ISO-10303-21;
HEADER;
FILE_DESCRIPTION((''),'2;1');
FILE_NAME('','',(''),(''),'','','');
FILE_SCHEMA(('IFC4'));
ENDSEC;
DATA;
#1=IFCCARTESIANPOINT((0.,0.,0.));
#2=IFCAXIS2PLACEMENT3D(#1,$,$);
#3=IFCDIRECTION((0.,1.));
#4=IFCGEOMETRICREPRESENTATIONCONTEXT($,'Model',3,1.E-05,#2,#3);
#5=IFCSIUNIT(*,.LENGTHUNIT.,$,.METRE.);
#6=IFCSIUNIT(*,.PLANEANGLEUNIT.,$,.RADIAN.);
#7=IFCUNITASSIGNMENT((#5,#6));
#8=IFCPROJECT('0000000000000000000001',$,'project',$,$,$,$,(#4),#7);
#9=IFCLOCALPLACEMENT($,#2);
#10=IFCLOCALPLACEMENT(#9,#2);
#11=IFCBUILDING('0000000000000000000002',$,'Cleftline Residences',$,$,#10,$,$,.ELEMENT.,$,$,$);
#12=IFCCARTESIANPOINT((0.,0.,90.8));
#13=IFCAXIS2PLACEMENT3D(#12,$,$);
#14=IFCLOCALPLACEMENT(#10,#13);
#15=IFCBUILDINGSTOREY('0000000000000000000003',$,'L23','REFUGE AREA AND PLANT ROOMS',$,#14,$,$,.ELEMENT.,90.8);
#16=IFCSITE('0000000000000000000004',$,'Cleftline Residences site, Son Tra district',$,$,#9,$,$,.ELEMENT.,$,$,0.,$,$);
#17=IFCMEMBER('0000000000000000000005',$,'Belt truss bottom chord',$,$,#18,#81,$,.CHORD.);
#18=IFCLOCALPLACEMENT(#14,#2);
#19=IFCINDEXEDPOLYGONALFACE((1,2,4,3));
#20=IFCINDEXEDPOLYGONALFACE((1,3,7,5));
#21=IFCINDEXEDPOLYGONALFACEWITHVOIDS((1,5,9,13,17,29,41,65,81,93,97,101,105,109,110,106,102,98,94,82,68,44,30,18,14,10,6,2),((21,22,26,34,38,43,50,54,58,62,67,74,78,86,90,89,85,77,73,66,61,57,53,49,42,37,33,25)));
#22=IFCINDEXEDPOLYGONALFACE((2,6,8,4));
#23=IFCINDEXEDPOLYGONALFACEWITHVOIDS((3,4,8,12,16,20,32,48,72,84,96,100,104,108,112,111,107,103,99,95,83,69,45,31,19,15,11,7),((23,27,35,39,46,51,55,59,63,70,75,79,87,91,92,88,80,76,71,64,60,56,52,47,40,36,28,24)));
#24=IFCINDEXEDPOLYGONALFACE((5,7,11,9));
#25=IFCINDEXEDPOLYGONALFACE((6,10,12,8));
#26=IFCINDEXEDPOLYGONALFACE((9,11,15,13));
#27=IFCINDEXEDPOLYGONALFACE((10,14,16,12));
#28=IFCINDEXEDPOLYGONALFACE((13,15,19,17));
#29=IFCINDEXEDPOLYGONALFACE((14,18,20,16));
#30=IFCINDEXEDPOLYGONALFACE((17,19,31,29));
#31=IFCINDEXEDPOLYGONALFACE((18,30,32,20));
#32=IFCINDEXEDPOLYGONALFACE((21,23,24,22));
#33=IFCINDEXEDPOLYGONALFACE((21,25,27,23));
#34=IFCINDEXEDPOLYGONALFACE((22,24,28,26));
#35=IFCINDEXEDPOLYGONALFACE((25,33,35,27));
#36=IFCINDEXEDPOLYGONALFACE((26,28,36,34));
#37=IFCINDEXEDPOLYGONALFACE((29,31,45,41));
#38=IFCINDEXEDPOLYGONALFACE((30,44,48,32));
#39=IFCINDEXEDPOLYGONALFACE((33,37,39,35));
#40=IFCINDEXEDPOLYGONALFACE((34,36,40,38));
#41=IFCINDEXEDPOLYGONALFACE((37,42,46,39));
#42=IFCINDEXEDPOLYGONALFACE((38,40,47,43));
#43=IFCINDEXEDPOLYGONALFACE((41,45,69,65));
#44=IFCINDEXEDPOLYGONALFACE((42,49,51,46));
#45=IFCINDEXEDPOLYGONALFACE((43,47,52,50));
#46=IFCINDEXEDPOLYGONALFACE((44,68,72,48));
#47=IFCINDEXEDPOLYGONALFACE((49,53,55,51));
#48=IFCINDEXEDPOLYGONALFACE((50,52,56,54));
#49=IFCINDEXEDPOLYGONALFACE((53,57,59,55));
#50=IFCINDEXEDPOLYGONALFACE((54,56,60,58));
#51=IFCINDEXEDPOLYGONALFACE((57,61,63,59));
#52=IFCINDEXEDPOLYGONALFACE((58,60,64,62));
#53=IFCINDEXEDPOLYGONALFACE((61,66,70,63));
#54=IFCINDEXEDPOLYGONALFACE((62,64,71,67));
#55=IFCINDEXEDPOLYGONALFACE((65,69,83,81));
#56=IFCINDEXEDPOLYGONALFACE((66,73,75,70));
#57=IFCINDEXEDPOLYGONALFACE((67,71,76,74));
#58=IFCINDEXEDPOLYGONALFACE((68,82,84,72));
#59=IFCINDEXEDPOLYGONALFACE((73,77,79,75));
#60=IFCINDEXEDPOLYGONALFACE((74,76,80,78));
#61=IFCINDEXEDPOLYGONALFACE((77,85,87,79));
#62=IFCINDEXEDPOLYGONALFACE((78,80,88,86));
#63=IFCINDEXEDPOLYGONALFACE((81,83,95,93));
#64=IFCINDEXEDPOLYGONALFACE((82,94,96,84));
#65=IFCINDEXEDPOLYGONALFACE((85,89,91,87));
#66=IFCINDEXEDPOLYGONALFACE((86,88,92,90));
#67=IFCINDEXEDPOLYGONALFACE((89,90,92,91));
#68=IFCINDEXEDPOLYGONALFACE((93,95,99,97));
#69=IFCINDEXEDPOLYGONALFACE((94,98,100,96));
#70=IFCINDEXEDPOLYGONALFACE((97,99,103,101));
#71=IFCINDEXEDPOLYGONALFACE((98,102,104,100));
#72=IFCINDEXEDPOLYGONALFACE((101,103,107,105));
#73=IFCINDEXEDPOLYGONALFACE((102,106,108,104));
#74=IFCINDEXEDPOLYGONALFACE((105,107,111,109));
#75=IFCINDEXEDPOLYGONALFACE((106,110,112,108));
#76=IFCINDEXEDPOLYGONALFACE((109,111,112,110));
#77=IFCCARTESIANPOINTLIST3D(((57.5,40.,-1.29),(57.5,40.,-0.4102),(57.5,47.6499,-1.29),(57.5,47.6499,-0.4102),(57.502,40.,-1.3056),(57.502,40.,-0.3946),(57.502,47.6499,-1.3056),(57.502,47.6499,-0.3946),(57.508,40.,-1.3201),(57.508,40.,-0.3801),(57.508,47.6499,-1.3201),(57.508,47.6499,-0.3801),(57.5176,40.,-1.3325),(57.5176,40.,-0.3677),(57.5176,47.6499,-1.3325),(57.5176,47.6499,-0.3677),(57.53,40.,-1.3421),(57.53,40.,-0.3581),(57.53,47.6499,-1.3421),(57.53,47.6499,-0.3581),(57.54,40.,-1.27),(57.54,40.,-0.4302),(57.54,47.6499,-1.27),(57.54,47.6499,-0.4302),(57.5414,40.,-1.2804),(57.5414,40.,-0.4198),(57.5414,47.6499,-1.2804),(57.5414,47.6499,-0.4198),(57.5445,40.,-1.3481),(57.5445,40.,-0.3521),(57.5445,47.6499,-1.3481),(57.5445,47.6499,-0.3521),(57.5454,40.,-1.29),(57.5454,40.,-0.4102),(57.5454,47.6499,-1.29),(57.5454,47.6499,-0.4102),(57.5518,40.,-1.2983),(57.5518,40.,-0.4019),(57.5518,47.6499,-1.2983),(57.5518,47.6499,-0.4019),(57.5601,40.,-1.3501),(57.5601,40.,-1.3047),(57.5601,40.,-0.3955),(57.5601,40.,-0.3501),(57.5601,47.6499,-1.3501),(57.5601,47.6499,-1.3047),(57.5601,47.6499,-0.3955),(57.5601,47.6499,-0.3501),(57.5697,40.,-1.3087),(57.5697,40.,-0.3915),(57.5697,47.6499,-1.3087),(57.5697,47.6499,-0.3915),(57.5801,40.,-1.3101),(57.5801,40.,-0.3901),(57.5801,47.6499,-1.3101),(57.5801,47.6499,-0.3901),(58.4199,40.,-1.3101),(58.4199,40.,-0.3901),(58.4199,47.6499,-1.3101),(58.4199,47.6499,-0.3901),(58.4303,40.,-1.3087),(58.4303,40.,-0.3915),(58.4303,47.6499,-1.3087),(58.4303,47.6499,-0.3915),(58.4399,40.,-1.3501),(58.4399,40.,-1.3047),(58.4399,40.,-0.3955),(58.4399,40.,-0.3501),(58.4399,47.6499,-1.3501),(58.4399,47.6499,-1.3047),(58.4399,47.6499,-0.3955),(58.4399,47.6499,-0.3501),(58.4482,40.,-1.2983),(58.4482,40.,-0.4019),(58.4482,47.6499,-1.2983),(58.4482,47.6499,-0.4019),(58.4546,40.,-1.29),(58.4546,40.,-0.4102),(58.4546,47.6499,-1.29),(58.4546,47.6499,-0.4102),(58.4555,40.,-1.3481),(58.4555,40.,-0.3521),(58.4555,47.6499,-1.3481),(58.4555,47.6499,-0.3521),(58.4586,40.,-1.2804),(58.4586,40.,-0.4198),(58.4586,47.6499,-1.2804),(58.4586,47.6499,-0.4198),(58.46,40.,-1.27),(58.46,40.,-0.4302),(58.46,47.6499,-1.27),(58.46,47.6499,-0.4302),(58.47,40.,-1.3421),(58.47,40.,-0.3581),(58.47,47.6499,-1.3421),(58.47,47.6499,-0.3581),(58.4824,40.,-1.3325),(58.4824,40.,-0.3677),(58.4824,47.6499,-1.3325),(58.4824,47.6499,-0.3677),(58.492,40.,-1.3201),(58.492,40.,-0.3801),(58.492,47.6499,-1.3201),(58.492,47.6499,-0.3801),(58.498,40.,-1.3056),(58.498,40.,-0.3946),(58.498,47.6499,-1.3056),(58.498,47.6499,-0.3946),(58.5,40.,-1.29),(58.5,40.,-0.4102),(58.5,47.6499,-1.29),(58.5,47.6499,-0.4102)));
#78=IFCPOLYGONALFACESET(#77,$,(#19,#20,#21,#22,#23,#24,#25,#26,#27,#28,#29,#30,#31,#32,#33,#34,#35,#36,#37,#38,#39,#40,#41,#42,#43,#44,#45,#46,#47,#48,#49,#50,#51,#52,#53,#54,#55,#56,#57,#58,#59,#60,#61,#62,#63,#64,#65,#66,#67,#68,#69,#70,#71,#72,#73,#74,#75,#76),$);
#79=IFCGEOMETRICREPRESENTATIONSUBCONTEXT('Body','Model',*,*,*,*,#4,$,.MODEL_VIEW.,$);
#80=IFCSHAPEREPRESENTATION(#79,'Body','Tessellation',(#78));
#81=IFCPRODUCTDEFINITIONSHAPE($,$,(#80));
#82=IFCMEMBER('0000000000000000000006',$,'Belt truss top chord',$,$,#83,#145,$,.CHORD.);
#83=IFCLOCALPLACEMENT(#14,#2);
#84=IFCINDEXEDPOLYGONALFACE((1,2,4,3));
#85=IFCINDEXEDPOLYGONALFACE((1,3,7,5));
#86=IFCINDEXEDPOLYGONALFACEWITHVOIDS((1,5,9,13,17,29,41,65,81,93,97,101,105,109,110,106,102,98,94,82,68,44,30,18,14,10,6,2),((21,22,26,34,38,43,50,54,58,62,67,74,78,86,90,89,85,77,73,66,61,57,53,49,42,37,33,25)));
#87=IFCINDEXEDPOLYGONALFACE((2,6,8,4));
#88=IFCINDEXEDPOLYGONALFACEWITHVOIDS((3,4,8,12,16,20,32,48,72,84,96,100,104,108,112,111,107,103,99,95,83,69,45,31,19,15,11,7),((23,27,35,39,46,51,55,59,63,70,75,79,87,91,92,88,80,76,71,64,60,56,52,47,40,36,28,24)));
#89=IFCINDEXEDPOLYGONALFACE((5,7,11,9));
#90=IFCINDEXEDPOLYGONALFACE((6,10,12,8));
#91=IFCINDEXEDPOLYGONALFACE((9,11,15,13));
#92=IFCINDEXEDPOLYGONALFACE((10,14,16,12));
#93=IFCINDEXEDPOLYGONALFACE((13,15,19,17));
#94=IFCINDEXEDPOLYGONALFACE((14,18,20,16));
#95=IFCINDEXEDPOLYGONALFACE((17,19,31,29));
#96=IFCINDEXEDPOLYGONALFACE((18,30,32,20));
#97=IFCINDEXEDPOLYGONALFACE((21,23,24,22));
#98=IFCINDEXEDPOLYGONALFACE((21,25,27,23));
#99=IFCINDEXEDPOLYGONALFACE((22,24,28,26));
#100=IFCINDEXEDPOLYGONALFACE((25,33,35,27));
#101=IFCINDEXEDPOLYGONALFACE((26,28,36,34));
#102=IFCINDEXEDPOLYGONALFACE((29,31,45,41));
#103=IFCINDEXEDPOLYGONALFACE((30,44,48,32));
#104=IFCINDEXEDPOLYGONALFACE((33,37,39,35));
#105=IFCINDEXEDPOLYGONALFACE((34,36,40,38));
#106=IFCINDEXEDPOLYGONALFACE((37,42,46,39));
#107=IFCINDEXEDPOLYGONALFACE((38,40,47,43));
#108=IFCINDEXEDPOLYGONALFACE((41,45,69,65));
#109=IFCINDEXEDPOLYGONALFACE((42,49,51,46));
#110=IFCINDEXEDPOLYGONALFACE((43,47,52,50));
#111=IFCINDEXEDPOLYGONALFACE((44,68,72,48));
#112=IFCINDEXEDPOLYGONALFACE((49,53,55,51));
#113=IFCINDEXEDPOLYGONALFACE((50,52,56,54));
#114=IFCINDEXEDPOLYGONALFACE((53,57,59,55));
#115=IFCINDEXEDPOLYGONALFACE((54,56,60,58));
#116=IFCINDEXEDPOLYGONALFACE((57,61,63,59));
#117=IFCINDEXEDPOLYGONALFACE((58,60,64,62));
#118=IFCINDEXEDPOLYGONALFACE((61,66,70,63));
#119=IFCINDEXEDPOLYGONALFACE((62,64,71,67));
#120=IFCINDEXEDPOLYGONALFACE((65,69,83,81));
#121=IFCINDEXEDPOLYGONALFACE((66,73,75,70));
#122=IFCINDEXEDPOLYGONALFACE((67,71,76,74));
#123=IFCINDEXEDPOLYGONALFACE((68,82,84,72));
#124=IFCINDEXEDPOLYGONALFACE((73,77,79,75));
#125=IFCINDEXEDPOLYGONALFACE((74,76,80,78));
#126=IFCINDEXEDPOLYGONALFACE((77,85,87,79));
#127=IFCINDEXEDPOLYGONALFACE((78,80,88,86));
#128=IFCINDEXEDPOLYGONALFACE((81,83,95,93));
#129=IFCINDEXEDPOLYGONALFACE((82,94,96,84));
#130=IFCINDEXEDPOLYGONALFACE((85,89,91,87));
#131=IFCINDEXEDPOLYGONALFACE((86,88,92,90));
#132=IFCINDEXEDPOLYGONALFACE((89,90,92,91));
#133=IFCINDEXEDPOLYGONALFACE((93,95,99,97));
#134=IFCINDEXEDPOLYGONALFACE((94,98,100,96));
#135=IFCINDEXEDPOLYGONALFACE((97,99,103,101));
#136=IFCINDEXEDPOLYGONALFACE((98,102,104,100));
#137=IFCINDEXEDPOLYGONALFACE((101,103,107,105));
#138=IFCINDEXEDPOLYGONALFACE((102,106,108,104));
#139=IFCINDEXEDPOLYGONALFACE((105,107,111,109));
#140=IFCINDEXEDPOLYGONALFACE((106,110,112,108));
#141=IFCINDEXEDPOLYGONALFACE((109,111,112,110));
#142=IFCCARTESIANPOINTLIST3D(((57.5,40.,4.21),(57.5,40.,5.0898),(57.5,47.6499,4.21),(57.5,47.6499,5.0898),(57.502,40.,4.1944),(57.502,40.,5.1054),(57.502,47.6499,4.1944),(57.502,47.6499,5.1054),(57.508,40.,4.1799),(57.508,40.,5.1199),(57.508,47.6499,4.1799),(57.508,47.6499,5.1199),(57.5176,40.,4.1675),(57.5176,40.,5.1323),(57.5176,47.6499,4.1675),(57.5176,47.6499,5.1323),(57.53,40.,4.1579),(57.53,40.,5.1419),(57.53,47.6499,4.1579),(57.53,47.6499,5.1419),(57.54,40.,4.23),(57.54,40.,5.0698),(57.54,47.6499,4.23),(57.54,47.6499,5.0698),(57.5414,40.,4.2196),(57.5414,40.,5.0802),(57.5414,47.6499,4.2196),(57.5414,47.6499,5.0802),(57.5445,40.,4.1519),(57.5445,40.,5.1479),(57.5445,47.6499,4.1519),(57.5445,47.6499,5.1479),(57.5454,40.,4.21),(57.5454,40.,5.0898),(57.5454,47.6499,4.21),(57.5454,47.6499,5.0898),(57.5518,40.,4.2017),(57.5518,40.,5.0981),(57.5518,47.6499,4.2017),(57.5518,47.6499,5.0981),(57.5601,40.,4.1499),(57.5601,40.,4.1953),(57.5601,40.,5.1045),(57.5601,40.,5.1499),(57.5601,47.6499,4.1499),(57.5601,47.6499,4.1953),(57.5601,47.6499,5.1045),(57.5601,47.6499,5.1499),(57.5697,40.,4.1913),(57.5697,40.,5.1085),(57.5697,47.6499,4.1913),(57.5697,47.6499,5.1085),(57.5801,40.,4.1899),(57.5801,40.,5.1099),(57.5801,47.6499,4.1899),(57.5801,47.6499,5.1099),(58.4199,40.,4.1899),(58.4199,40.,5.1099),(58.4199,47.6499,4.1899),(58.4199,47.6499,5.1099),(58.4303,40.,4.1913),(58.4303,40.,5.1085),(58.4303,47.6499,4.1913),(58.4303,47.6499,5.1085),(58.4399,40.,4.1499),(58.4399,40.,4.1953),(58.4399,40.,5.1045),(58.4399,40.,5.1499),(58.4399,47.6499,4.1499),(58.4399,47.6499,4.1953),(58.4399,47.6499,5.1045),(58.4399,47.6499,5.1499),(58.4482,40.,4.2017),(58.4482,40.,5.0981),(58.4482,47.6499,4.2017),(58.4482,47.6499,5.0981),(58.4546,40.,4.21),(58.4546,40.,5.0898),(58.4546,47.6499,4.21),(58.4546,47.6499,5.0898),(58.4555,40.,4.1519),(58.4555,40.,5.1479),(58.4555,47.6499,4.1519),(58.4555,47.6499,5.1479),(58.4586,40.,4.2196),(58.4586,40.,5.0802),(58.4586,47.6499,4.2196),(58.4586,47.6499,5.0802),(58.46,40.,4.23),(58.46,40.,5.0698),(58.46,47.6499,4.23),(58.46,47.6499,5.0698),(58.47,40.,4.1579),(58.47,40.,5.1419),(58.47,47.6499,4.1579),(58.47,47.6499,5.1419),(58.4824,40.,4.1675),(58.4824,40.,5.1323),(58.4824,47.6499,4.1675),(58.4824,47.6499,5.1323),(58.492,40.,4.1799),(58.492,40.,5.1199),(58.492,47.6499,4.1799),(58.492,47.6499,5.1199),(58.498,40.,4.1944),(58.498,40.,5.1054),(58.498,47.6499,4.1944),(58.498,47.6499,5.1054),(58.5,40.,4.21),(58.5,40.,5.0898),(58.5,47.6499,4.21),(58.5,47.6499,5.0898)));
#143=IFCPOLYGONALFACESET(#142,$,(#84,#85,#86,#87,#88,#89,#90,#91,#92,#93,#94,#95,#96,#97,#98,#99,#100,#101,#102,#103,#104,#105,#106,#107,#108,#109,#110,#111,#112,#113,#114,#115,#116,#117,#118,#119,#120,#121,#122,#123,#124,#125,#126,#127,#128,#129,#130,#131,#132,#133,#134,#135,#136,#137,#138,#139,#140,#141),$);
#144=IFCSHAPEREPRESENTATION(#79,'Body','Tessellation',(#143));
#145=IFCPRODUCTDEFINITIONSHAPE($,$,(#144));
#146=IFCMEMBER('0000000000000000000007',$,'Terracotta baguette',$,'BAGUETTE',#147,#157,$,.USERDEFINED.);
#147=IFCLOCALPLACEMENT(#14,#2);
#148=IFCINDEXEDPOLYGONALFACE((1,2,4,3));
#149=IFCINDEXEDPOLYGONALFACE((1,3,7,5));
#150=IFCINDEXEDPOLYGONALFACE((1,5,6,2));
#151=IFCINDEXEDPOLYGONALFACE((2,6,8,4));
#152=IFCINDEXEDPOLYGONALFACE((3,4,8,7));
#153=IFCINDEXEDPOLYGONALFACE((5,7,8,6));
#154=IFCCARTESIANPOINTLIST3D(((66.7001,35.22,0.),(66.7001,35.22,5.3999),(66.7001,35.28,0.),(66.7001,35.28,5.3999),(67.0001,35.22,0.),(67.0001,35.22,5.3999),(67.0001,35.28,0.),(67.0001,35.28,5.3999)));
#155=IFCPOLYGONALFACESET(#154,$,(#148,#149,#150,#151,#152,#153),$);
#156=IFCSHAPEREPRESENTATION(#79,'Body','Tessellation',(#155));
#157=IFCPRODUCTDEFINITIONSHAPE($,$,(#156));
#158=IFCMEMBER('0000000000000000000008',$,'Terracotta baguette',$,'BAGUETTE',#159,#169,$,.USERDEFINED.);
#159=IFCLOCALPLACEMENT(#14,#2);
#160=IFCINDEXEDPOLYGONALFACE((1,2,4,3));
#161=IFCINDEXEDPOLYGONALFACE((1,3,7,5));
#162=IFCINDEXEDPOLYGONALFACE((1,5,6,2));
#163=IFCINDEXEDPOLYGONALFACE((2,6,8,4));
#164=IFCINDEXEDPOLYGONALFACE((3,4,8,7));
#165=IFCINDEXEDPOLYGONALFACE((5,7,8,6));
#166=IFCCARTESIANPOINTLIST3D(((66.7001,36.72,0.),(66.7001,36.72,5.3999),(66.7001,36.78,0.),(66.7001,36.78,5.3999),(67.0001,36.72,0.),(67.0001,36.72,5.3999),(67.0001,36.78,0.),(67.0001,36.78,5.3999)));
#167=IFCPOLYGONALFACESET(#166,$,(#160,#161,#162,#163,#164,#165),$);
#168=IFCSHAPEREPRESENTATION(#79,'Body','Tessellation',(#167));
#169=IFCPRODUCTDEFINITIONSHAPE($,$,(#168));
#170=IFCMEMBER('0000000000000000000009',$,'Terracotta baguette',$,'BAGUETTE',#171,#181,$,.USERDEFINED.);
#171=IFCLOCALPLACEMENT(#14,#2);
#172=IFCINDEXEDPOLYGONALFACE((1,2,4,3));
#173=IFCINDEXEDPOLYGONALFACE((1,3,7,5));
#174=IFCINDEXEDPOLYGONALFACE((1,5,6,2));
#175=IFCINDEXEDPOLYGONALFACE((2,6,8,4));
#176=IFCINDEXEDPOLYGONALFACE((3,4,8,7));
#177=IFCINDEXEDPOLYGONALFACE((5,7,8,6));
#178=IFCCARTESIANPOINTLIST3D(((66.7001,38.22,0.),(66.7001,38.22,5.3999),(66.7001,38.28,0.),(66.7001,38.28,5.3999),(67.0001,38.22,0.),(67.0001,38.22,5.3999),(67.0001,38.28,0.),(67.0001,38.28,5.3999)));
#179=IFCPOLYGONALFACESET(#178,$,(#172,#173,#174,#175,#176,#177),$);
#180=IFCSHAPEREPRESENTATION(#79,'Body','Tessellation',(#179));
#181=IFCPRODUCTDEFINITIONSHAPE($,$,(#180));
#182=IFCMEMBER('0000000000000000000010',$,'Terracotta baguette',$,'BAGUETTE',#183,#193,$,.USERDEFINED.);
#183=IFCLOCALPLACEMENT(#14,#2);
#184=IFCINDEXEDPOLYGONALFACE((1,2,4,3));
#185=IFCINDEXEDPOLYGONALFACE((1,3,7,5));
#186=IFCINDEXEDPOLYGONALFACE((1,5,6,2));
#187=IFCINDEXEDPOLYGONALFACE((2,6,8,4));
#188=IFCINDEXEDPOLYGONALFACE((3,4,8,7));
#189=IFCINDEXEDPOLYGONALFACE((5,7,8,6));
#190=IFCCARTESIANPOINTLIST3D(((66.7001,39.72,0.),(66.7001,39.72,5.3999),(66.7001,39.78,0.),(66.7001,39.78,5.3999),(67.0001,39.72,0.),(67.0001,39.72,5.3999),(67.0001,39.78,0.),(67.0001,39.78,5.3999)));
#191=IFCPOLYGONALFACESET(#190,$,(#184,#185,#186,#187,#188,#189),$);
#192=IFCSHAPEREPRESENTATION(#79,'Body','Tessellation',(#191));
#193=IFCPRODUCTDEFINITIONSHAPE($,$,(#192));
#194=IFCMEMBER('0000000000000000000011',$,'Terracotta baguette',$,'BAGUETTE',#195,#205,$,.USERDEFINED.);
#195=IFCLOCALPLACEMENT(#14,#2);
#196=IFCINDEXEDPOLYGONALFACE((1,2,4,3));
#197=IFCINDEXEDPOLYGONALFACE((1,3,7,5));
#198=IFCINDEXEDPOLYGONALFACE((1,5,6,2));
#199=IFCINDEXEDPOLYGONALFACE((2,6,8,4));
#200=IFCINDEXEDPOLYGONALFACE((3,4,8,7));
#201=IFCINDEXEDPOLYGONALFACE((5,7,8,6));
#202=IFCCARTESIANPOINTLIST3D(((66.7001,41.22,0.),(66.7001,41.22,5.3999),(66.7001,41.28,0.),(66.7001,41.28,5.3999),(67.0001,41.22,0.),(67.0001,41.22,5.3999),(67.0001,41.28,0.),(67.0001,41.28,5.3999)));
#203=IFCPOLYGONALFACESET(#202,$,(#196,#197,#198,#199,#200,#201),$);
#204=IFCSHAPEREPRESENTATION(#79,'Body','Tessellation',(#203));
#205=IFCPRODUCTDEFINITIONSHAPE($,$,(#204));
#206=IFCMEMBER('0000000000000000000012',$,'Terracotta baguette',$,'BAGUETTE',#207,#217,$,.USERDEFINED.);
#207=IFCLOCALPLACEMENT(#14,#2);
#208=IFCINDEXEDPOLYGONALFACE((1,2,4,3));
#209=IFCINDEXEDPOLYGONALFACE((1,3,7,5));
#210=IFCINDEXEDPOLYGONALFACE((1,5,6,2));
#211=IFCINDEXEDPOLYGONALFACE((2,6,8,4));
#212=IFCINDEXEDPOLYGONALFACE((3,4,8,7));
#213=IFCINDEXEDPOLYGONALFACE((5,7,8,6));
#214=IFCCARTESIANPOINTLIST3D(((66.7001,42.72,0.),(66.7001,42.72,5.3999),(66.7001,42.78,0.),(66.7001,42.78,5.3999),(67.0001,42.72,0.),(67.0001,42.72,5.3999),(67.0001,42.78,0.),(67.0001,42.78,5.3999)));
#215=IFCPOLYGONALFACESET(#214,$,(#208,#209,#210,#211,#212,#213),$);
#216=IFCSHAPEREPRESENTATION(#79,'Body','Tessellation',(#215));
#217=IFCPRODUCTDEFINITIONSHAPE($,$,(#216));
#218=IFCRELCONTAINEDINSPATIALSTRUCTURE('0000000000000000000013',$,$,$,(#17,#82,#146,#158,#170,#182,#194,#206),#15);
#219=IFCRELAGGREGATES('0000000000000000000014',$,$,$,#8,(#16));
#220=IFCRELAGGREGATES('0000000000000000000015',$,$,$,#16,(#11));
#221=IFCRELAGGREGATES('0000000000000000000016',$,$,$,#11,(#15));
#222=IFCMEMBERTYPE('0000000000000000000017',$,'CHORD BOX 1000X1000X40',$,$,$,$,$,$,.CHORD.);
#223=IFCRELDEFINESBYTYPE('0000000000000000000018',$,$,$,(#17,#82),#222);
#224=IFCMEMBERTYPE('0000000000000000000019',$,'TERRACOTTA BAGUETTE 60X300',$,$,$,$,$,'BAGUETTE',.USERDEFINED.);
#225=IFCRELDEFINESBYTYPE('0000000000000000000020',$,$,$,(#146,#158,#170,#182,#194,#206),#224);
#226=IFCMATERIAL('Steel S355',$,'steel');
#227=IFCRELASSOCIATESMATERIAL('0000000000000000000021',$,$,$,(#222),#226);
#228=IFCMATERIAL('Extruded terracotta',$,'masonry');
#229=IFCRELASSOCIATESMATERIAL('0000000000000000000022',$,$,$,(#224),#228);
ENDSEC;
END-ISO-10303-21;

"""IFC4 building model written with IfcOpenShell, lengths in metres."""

from ifc_helpers import new_model, si_unit, direction, frame, origin, origin_2d, place, context, subcontext, project, spatial, rectangle, hollow_rectangle, extrude, material, material_profile, profile_set, type_object, element, save


model = new_model("IFC4")

# Units and contexts
model_context = context("Model", 3, precision=1e-05, world=origin(), true_north=direction((0.0, 1.0)))
body_context = subcontext(model_context, "Body", "Model", "MODEL_VIEW")
ifc_project = project(units=[si_unit("LENGTHUNIT", "METRE"), si_unit("PLANEANGLEUNIT", "RADIAN")], contexts=[model_context])

# Site, building, storey
site_placement = place(None, origin())
site = spatial("IfcSite", under=ifc_project, at=site_placement, Name="Cleftline Residences site, Son Tra district", CompositionType="ELEMENT", RefElevation=0.0)
building_placement = place(site_placement, origin())
building = spatial("IfcBuilding", under=site, at=building_placement, Name="Cleftline Residences", CompositionType="ELEMENT")
storey_placement = place(building_placement, frame((0.0, 0.0, 90.8)))
storey = spatial("IfcBuildingStorey", under=building, at=storey_placement, Name="L23", Description="REFUGE AREA AND PLANT ROOMS", CompositionType="ELEMENT", Elevation=90.8)

# Members
ifc_material_1 = material(Name="Steel S355", Category="steel")
ifc_material_profile_1 = material_profile(ifc_material_1, hollow_rectangle(XDim=1.0, YDim=1.0, WallThickness=0.04, InnerFilletRadius=0.04, OuterFilletRadius=0.0601, at=origin_2d()))
ifc_profile_set_1 = profile_set([ifc_material_profile_1], Name="Steel S355")
member_type_1 = type_object("IfcMemberType", Name="CHORD BOX 1000X1000X40", PredefinedType="CHORD", material=ifc_profile_set_1)
for number, where, z_axis, x_axis, name in (
    (1, (58.0, 40.0, -0.8501), (0.0, 1.0, 0.0), (-1.0, 0.0, 0.0), "Belt truss bottom chord"),
    (2, (58.0, 40.0, 4.6499), (0.0, 1.0, 0.0), (-1.0, 0.0, 0.0), "Belt truss top chord"),
):
    element("IfcMember", number, at=place(storey_placement, frame(where, z_axis=z_axis, x_axis=x_axis)), inside=storey, type_object=member_type_1, Name=name, PredefinedType="CHORD", context=body_context, shape_type="SweptSolid", body=[
        extrude(hollow_rectangle(XDim=1.0, YDim=1.0, WallThickness=0.04, InnerFilletRadius=0.04, OuterFilletRadius=0.0601, at=origin_2d()), origin(), (0.0, 0.0, 1.0), 7.6499),
    ])
ifc_material_2 = material(Name="Extruded terracotta", Category="masonry")
ifc_material_profile_2 = material_profile(ifc_material_2, rectangle(XDim=0.0601, YDim=0.3, at=origin_2d()))
ifc_profile_set_2 = profile_set([ifc_material_profile_2], Name="Extruded terracotta")
member_type_2 = type_object("IfcMemberType", Name="TERRACOTTA BAGUETTE 60X300", ElementType="BAGUETTE", PredefinedType="USERDEFINED", material=ifc_profile_set_2)
for number, where, z_axis, x_axis, name in (
    (3, (66.8501, 35.25, 0.0), (0.0, 0.0, 1.0), (0.0, 1.0, 0.0), "Terracotta baguette"),
    (4, (66.8501, 36.75, 0.0), (0.0, 0.0, 1.0), (0.0, 1.0, 0.0), "Terracotta baguette"),
    (5, (66.8501, 38.25, 0.0), (0.0, 0.0, 1.0), (0.0, 1.0, 0.0), "Terracotta baguette"),
    (6, (66.8501, 39.75, 0.0), (0.0, 0.0, 1.0), (0.0, 1.0, 0.0), "Terracotta baguette"),
    (7, (66.8501, 41.25, 0.0), (0.0, 0.0, 1.0), (0.0, 1.0, 0.0), "Terracotta baguette"),
    (8, (66.8501, 42.75, 0.0), (0.0, 0.0, 1.0), (0.0, 1.0, 0.0), "Terracotta baguette"),
):
    element("IfcMember", number, at=place(storey_placement, frame(where, z_axis=z_axis, x_axis=x_axis)), inside=storey, type_object=member_type_2, Name=name, ObjectType="BAGUETTE", PredefinedType="USERDEFINED", context=body_context, shape_type="SweptSolid", body=[
        extrude(rectangle(XDim=0.0601, YDim=0.3, at=origin_2d()), origin(), (0.0, 0.0, 1.0), 5.3999),
    ])

save(model, "model.ifc")
